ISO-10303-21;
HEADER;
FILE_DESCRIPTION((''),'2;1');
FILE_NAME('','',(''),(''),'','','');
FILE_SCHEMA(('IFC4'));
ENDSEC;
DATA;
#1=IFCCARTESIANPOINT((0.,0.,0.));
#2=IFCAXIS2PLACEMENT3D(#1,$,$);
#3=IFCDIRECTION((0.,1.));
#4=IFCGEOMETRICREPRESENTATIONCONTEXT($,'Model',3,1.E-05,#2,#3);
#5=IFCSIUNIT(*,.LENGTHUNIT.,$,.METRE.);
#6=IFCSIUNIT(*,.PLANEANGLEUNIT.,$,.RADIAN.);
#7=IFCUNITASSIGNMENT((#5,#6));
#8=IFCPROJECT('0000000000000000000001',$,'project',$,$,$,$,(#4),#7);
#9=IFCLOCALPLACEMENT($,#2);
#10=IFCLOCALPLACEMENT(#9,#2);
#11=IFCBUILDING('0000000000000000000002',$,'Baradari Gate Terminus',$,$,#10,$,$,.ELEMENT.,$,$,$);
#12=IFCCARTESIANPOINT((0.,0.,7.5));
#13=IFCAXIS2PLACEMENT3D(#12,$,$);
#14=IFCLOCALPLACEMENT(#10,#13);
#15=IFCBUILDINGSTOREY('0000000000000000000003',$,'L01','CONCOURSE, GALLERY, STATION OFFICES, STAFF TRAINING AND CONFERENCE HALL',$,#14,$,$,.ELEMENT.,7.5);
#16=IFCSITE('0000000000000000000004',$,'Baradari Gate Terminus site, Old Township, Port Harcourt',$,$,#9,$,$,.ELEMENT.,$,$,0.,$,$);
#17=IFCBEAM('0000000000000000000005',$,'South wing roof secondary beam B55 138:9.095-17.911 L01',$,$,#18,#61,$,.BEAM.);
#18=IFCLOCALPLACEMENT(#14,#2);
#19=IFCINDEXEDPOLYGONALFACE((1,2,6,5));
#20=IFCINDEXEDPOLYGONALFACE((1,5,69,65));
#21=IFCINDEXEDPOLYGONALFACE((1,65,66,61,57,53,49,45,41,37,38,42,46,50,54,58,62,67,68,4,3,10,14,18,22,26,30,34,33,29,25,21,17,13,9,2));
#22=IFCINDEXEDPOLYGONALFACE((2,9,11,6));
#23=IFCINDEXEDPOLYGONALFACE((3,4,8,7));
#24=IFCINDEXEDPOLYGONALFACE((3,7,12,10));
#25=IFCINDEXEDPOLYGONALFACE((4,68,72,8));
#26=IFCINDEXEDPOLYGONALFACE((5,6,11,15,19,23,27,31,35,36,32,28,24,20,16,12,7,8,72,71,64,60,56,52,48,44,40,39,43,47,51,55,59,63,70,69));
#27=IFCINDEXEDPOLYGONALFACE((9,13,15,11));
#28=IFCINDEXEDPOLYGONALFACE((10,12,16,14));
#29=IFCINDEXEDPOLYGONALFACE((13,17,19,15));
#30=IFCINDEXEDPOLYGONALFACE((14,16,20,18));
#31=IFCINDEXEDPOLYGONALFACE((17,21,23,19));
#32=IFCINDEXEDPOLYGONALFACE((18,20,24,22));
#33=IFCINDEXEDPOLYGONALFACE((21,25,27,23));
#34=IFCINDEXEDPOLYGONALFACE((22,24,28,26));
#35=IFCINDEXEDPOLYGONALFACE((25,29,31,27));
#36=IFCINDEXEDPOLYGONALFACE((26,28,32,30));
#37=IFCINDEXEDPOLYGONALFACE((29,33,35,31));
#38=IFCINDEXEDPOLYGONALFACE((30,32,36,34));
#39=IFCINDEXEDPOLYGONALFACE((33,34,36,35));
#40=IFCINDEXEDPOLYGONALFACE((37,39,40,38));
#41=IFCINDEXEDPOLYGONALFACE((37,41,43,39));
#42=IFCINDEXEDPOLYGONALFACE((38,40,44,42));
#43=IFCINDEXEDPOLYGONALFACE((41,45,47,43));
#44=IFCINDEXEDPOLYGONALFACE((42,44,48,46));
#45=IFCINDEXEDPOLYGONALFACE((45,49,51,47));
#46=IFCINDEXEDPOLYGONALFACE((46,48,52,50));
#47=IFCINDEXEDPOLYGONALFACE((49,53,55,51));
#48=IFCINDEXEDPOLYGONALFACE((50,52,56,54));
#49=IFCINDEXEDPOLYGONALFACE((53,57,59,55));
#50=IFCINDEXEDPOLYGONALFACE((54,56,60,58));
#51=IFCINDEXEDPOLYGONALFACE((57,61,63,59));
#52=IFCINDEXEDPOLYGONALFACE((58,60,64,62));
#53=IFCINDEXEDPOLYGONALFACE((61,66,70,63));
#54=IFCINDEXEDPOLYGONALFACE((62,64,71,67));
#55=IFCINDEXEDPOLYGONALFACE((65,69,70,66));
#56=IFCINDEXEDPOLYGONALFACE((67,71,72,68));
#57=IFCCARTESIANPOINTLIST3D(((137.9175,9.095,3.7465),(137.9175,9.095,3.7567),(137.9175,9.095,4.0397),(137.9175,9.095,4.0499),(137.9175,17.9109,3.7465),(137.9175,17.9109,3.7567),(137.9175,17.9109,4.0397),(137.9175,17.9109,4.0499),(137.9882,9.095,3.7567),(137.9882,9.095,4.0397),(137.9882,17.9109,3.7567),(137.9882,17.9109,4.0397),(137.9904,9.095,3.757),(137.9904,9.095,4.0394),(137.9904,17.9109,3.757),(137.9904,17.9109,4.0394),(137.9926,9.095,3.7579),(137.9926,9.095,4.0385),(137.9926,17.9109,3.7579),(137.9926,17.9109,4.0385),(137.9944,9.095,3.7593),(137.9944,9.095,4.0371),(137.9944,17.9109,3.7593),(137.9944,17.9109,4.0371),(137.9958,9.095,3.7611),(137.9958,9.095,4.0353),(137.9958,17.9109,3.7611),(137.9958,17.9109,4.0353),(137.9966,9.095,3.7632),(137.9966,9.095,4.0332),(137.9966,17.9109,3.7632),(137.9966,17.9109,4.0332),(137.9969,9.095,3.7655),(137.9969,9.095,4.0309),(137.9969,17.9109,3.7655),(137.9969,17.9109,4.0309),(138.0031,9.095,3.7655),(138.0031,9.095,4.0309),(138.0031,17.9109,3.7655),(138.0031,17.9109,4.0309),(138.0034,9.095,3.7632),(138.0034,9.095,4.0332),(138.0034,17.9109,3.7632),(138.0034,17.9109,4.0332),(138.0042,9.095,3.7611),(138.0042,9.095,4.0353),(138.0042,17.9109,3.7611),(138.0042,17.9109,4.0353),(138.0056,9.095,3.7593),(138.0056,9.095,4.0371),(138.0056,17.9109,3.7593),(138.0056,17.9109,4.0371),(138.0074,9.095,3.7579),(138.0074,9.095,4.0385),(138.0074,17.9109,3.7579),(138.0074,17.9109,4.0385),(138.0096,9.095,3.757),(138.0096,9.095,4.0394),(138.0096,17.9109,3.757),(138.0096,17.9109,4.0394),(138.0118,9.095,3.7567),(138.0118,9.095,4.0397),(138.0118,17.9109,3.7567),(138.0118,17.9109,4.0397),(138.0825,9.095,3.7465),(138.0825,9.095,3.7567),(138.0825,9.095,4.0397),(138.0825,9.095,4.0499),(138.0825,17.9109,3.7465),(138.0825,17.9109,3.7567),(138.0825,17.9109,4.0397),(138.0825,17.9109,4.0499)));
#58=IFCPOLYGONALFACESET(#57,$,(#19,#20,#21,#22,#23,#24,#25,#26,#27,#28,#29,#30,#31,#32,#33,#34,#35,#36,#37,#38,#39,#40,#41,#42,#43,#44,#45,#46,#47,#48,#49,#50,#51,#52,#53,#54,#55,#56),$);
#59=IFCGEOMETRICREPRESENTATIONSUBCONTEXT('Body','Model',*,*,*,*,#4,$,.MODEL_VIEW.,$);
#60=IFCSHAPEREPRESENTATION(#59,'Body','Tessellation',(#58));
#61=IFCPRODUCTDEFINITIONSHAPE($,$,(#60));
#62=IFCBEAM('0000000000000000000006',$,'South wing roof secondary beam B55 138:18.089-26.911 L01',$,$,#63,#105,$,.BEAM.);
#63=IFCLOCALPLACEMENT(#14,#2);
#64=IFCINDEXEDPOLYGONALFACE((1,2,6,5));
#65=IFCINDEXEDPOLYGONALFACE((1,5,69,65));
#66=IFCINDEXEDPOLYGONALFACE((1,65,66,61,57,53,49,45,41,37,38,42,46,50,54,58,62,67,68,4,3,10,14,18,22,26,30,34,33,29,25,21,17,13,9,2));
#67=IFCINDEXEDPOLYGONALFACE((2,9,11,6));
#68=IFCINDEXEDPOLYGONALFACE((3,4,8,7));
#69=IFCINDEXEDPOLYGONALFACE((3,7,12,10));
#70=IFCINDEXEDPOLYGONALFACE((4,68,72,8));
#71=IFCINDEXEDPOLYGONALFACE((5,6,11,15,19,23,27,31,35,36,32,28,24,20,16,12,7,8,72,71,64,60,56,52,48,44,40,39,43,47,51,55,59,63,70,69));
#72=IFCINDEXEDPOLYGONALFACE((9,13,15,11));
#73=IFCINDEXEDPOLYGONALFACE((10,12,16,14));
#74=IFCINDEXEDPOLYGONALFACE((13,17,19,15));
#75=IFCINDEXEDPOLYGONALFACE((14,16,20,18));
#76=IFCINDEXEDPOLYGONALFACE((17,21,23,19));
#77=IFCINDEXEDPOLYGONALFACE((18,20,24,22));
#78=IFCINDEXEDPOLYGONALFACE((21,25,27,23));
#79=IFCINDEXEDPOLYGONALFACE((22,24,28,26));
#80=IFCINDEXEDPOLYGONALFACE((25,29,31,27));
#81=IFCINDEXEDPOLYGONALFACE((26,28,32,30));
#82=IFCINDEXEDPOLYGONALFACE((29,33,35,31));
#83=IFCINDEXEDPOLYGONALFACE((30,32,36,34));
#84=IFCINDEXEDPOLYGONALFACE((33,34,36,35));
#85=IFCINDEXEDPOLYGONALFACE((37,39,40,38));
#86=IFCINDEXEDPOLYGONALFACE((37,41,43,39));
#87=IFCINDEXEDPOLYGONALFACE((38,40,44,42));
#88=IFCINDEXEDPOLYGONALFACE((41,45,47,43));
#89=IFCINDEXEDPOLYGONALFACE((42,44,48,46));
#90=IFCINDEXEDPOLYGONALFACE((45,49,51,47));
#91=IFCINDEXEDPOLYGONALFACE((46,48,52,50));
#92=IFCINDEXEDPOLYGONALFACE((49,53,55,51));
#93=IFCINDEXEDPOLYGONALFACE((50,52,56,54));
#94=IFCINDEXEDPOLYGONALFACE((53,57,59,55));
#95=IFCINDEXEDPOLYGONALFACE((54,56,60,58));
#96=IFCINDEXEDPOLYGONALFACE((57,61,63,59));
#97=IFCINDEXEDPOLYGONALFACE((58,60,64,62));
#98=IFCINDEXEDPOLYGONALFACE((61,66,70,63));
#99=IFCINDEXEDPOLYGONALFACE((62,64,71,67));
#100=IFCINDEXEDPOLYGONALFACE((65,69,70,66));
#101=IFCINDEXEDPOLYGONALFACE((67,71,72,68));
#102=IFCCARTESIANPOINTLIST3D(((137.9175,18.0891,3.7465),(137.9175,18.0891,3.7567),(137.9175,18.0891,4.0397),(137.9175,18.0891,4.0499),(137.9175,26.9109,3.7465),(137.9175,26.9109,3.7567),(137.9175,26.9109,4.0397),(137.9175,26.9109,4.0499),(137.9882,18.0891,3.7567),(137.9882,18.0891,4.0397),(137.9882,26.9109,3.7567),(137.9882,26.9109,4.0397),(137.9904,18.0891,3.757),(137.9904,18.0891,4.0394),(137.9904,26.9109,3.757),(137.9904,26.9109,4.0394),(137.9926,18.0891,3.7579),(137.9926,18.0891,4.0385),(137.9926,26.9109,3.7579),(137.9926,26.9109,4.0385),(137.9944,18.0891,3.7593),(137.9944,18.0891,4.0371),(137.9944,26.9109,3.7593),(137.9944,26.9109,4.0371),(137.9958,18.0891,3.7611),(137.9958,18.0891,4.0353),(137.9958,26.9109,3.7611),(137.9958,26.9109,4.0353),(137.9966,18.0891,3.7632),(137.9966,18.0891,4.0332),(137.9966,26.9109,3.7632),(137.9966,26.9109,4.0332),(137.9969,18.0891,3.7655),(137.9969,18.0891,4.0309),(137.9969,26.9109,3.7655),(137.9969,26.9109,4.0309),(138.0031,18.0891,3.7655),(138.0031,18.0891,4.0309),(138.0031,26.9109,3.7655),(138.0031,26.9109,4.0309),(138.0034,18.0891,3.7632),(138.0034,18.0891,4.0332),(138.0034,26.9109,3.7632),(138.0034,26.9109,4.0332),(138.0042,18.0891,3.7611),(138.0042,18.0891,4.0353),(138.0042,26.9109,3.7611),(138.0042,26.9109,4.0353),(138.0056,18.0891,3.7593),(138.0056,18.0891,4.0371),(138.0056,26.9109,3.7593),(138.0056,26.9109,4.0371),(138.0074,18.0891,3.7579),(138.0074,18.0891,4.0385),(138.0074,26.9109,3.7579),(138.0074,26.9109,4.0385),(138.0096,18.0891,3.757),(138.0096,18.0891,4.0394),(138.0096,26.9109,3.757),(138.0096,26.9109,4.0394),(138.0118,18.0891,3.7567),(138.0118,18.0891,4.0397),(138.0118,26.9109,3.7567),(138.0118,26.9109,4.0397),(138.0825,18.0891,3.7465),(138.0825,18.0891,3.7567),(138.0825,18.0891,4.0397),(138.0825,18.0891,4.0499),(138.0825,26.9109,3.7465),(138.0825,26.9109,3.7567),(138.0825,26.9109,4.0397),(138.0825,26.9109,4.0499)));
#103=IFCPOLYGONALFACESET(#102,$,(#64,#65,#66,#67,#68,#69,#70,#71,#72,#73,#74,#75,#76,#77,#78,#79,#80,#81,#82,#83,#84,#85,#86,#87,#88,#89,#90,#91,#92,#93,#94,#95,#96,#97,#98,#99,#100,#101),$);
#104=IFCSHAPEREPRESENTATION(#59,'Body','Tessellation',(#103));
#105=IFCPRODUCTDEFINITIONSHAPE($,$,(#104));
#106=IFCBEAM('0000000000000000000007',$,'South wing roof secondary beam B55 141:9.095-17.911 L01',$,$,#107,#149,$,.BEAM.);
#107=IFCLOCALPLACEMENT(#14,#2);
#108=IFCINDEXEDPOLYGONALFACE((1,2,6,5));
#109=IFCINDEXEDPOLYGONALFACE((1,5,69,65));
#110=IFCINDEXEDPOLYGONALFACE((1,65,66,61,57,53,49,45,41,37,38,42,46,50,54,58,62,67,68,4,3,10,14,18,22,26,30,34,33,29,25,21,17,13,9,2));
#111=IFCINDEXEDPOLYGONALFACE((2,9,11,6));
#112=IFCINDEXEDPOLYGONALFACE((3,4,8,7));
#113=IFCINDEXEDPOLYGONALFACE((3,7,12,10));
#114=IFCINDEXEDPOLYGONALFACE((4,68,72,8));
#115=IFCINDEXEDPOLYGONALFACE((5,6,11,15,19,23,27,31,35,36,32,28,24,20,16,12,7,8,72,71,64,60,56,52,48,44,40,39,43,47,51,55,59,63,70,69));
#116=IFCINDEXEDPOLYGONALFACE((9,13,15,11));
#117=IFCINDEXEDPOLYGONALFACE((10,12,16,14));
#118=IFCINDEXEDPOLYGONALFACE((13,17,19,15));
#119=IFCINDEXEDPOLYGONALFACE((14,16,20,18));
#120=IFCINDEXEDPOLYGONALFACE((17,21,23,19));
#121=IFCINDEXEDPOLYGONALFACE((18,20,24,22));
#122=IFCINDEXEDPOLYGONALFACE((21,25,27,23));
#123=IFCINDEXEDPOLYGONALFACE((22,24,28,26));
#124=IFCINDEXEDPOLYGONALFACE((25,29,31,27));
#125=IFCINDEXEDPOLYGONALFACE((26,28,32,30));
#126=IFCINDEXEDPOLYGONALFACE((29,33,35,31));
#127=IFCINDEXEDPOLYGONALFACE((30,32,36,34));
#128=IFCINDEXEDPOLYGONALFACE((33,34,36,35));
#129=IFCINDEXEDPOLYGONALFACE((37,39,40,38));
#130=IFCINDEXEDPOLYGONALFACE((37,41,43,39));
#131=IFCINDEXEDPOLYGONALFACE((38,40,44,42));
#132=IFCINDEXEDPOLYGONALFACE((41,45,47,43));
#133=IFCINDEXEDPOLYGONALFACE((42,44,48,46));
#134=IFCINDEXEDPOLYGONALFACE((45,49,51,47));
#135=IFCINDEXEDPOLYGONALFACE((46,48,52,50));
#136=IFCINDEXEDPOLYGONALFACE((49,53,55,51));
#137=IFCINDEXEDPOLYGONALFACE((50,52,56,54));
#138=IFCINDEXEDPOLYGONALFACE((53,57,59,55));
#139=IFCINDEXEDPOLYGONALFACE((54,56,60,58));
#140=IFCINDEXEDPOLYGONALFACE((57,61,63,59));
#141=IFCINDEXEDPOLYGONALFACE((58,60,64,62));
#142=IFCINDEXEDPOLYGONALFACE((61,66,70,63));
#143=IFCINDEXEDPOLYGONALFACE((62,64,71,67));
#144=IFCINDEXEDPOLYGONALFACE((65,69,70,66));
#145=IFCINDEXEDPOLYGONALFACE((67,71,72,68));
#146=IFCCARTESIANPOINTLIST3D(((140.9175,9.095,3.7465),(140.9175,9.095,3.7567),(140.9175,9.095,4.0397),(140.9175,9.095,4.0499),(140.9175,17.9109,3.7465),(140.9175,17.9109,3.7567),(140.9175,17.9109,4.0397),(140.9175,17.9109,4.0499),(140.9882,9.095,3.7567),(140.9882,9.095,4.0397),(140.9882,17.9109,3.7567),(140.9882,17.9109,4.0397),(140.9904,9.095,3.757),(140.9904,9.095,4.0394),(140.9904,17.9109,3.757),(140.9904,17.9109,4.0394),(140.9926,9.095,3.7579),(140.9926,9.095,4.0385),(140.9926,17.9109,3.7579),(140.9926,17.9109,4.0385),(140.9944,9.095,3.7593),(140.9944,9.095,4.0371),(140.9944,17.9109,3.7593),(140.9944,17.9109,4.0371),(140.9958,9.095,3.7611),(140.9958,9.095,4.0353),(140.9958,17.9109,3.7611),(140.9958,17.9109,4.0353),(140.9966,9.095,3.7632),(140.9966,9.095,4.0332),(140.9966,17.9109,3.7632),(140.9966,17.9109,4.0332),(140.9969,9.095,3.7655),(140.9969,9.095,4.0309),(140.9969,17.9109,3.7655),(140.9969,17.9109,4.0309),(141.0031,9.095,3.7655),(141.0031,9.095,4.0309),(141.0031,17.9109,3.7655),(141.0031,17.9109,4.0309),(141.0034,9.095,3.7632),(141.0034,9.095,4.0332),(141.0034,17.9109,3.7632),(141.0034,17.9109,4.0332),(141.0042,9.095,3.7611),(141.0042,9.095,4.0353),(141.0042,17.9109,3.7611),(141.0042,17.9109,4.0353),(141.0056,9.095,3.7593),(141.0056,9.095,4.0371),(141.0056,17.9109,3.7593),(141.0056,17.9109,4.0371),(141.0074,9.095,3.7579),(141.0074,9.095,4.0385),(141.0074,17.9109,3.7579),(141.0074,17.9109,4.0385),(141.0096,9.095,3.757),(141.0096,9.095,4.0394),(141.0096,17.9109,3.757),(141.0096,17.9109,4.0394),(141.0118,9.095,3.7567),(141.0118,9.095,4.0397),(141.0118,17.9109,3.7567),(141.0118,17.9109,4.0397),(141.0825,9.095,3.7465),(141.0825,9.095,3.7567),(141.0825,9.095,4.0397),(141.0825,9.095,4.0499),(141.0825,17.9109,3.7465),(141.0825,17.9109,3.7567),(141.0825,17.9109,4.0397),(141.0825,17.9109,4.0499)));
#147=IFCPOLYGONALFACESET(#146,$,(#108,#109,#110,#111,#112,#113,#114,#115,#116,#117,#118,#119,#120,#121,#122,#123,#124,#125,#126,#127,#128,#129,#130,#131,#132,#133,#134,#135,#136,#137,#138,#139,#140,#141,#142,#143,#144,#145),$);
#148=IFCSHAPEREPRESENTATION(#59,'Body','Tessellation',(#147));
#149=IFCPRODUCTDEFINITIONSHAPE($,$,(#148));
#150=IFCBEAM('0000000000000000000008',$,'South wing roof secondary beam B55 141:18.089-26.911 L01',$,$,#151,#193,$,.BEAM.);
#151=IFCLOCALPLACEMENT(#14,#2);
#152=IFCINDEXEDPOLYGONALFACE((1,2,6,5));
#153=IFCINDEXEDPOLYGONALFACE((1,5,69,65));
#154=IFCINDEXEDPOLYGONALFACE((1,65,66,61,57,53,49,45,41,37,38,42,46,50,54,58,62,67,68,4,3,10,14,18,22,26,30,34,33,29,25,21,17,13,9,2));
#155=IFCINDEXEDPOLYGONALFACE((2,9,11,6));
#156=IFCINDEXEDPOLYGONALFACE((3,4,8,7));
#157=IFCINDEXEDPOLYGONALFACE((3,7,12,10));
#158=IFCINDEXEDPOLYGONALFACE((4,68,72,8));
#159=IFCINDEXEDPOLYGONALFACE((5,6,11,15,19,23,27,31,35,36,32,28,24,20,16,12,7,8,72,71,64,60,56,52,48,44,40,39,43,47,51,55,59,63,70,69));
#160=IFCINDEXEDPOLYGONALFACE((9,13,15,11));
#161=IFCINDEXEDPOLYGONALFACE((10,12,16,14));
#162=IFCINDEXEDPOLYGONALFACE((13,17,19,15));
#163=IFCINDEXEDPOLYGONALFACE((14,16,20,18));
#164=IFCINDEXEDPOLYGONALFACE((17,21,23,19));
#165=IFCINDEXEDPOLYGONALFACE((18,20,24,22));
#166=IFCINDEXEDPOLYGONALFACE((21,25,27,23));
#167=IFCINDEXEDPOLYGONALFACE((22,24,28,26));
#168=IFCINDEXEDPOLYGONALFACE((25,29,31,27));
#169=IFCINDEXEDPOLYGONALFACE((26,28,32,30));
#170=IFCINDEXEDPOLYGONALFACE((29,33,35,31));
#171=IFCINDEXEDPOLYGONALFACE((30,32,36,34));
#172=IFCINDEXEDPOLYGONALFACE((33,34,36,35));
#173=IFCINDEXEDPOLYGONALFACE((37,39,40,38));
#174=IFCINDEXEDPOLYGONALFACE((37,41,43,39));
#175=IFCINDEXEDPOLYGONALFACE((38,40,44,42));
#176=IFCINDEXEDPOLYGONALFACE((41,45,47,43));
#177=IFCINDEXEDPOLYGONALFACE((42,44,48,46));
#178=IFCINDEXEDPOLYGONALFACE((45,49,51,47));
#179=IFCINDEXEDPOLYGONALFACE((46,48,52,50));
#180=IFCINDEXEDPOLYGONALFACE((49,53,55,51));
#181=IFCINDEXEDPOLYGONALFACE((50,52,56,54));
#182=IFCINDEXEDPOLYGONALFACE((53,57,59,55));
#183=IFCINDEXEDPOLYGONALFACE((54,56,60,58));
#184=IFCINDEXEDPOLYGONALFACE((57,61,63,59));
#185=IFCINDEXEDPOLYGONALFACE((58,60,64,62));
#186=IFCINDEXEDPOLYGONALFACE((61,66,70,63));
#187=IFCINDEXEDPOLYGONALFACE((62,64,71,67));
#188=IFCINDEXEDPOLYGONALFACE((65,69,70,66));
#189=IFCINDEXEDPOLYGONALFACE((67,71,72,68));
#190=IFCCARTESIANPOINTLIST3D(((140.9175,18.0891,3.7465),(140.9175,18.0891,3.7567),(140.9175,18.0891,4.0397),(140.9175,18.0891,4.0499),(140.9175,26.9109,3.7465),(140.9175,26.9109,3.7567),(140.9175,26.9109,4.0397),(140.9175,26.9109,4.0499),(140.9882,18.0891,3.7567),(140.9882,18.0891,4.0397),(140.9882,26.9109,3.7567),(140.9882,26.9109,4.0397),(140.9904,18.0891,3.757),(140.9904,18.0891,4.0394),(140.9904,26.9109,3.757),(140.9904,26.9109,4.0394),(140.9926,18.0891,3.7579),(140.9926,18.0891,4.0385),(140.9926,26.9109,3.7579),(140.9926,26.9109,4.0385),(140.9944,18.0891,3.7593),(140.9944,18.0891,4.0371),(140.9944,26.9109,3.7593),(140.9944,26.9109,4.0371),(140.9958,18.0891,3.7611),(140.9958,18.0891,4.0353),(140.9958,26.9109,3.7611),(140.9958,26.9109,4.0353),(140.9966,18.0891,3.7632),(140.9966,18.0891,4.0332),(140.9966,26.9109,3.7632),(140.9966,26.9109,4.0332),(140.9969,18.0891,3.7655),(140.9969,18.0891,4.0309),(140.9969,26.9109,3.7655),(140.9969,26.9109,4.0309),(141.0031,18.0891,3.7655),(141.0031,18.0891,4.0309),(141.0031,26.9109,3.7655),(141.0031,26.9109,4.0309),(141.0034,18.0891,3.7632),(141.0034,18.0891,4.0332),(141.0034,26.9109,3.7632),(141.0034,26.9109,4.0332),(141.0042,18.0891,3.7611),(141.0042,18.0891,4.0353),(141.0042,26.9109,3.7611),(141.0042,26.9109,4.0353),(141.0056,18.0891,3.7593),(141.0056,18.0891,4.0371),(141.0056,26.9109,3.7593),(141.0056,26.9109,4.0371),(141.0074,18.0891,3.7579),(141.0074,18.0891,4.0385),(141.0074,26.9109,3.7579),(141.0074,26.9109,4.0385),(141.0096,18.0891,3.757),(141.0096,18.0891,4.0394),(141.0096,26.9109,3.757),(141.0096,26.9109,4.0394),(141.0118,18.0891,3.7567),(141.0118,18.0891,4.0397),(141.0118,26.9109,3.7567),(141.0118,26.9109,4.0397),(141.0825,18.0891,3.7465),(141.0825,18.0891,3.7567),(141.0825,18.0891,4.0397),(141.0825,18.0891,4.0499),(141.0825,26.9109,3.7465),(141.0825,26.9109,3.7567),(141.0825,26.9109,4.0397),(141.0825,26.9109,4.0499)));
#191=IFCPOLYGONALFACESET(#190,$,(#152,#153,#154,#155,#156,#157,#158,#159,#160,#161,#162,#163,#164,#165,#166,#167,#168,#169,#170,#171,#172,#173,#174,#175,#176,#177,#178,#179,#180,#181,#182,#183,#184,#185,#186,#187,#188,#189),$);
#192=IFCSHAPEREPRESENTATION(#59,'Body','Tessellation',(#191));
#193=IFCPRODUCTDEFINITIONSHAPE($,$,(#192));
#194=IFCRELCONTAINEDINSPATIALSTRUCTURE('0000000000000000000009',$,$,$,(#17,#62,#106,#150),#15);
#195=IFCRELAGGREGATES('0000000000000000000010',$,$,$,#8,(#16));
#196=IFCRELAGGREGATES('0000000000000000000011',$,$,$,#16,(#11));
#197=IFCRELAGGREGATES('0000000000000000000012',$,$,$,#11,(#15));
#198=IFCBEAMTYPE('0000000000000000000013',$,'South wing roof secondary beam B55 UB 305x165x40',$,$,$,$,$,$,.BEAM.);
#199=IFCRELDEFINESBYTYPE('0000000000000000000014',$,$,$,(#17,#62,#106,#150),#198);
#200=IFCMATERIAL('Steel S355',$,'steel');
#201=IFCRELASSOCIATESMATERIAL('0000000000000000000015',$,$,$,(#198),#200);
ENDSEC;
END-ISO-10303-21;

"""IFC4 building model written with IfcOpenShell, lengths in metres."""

from ifc_helpers import new_model, si_unit, direction, frame, origin, origin_2d, place, context, subcontext, project, spatial, i_section, extrude, material, material_profile, profile_set, type_object, element, save


model = new_model("IFC4")

# Units and contexts
model_context = context("Model", 3, precision=1e-05, world=origin(), true_north=direction((0.0, 1.0)))
body_context = subcontext(model_context, "Body", "Model", "MODEL_VIEW")
ifc_project = project(units=[si_unit("LENGTHUNIT", "METRE"), si_unit("PLANEANGLEUNIT", "RADIAN")], contexts=[model_context])

# Site, building, storey
site_placement = place(None, origin())
site = spatial("IfcSite", under=ifc_project, at=site_placement, Name="Baradari Gate Terminus site, Old Township, Port Harcourt", CompositionType="ELEMENT", RefElevation=0.0)
building_placement = place(site_placement, origin())
building = spatial("IfcBuilding", under=site, at=building_placement, Name="Baradari Gate Terminus", CompositionType="ELEMENT")
storey_placement = place(building_placement, frame((0.0, 0.0, 7.5)))
storey = spatial("IfcBuildingStorey", under=building, at=storey_placement, Name="L01", Description="CONCOURSE, GALLERY, STATION OFFICES, STAFF TRAINING AND CONFERENCE HALL", CompositionType="ELEMENT", Elevation=7.5)

# Beams
ifc_material_1 = material(Name="Steel S355", Category="steel")
ifc_material_profile_1 = material_profile(ifc_material_1, i_section(OverallWidth=0.165, OverallDepth=0.3035, WebThickness=0.0061, FlangeThickness=0.0103, FilletRadius=0.0088, at=origin_2d()), Name="UB 305x165x40")
ifc_profile_set_1 = profile_set([ifc_material_profile_1], Name="Steel S355")
beam_type_1 = type_object("IfcBeamType", Name="South wing roof secondary beam B55 UB 305x165x40", PredefinedType="BEAM", material=ifc_profile_set_1)
beam_1_placement = place(storey_placement, frame((138.0, 9.095, 3.8982), z_axis=(0.0, 1.0, 0.0), x_axis=(-1.0, 0.0, 0.0)))
element("IfcBeam", 1, at=beam_1_placement, inside=storey, type_object=beam_type_1, Name="South wing roof secondary beam B55 138:9.095-17.911 L01", PredefinedType="BEAM", context=body_context, shape_type="SweptSolid", body=[
    extrude(i_section(OverallWidth=0.165, OverallDepth=0.3035, WebThickness=0.0061, FlangeThickness=0.0103, FilletRadius=0.0088, at=origin_2d()), origin(), (0.0, 0.0, 1.0), 8.8159),
])
beam_2_placement = place(storey_placement, frame((138.0, 18.0891, 3.8982), z_axis=(0.0, 1.0, 0.0), x_axis=(-1.0, 0.0, 0.0)))
element("IfcBeam", 2, at=beam_2_placement, inside=storey, type_object=beam_type_1, Name="South wing roof secondary beam B55 138:18.089-26.911 L01", PredefinedType="BEAM", context=body_context, shape_type="SweptSolid", body=[
    extrude(i_section(OverallWidth=0.165, OverallDepth=0.3035, WebThickness=0.0061, FlangeThickness=0.0103, FilletRadius=0.0088, at=origin_2d()), origin(), (0.0, 0.0, 1.0), 8.8218),
])
beam_3_placement = place(storey_placement, frame((141.0, 9.095, 3.8982), z_axis=(0.0, 1.0, 0.0), x_axis=(-1.0, 0.0, 0.0)))
element("IfcBeam", 3, at=beam_3_placement, inside=storey, type_object=beam_type_1, Name="South wing roof secondary beam B55 141:9.095-17.911 L01", PredefinedType="BEAM", context=body_context, shape_type="SweptSolid", body=[
    extrude(i_section(OverallWidth=0.165, OverallDepth=0.3035, WebThickness=0.0061, FlangeThickness=0.0103, FilletRadius=0.0088, at=origin_2d()), origin(), (0.0, 0.0, 1.0), 8.8159),
])
beam_4_placement = place(storey_placement, frame((141.0, 18.0891, 3.8982), z_axis=(0.0, 1.0, 0.0), x_axis=(-1.0, 0.0, 0.0)))
element("IfcBeam", 4, at=beam_4_placement, inside=storey, type_object=beam_type_1, Name="South wing roof secondary beam B55 141:18.089-26.911 L01", PredefinedType="BEAM", context=body_context, shape_type="SweptSolid", body=[
    extrude(i_section(OverallWidth=0.165, OverallDepth=0.3035, WebThickness=0.0061, FlangeThickness=0.0103, FilletRadius=0.0088, at=origin_2d()), origin(), (0.0, 0.0, 1.0), 8.8218),
])

save(model, "model.ifc")
